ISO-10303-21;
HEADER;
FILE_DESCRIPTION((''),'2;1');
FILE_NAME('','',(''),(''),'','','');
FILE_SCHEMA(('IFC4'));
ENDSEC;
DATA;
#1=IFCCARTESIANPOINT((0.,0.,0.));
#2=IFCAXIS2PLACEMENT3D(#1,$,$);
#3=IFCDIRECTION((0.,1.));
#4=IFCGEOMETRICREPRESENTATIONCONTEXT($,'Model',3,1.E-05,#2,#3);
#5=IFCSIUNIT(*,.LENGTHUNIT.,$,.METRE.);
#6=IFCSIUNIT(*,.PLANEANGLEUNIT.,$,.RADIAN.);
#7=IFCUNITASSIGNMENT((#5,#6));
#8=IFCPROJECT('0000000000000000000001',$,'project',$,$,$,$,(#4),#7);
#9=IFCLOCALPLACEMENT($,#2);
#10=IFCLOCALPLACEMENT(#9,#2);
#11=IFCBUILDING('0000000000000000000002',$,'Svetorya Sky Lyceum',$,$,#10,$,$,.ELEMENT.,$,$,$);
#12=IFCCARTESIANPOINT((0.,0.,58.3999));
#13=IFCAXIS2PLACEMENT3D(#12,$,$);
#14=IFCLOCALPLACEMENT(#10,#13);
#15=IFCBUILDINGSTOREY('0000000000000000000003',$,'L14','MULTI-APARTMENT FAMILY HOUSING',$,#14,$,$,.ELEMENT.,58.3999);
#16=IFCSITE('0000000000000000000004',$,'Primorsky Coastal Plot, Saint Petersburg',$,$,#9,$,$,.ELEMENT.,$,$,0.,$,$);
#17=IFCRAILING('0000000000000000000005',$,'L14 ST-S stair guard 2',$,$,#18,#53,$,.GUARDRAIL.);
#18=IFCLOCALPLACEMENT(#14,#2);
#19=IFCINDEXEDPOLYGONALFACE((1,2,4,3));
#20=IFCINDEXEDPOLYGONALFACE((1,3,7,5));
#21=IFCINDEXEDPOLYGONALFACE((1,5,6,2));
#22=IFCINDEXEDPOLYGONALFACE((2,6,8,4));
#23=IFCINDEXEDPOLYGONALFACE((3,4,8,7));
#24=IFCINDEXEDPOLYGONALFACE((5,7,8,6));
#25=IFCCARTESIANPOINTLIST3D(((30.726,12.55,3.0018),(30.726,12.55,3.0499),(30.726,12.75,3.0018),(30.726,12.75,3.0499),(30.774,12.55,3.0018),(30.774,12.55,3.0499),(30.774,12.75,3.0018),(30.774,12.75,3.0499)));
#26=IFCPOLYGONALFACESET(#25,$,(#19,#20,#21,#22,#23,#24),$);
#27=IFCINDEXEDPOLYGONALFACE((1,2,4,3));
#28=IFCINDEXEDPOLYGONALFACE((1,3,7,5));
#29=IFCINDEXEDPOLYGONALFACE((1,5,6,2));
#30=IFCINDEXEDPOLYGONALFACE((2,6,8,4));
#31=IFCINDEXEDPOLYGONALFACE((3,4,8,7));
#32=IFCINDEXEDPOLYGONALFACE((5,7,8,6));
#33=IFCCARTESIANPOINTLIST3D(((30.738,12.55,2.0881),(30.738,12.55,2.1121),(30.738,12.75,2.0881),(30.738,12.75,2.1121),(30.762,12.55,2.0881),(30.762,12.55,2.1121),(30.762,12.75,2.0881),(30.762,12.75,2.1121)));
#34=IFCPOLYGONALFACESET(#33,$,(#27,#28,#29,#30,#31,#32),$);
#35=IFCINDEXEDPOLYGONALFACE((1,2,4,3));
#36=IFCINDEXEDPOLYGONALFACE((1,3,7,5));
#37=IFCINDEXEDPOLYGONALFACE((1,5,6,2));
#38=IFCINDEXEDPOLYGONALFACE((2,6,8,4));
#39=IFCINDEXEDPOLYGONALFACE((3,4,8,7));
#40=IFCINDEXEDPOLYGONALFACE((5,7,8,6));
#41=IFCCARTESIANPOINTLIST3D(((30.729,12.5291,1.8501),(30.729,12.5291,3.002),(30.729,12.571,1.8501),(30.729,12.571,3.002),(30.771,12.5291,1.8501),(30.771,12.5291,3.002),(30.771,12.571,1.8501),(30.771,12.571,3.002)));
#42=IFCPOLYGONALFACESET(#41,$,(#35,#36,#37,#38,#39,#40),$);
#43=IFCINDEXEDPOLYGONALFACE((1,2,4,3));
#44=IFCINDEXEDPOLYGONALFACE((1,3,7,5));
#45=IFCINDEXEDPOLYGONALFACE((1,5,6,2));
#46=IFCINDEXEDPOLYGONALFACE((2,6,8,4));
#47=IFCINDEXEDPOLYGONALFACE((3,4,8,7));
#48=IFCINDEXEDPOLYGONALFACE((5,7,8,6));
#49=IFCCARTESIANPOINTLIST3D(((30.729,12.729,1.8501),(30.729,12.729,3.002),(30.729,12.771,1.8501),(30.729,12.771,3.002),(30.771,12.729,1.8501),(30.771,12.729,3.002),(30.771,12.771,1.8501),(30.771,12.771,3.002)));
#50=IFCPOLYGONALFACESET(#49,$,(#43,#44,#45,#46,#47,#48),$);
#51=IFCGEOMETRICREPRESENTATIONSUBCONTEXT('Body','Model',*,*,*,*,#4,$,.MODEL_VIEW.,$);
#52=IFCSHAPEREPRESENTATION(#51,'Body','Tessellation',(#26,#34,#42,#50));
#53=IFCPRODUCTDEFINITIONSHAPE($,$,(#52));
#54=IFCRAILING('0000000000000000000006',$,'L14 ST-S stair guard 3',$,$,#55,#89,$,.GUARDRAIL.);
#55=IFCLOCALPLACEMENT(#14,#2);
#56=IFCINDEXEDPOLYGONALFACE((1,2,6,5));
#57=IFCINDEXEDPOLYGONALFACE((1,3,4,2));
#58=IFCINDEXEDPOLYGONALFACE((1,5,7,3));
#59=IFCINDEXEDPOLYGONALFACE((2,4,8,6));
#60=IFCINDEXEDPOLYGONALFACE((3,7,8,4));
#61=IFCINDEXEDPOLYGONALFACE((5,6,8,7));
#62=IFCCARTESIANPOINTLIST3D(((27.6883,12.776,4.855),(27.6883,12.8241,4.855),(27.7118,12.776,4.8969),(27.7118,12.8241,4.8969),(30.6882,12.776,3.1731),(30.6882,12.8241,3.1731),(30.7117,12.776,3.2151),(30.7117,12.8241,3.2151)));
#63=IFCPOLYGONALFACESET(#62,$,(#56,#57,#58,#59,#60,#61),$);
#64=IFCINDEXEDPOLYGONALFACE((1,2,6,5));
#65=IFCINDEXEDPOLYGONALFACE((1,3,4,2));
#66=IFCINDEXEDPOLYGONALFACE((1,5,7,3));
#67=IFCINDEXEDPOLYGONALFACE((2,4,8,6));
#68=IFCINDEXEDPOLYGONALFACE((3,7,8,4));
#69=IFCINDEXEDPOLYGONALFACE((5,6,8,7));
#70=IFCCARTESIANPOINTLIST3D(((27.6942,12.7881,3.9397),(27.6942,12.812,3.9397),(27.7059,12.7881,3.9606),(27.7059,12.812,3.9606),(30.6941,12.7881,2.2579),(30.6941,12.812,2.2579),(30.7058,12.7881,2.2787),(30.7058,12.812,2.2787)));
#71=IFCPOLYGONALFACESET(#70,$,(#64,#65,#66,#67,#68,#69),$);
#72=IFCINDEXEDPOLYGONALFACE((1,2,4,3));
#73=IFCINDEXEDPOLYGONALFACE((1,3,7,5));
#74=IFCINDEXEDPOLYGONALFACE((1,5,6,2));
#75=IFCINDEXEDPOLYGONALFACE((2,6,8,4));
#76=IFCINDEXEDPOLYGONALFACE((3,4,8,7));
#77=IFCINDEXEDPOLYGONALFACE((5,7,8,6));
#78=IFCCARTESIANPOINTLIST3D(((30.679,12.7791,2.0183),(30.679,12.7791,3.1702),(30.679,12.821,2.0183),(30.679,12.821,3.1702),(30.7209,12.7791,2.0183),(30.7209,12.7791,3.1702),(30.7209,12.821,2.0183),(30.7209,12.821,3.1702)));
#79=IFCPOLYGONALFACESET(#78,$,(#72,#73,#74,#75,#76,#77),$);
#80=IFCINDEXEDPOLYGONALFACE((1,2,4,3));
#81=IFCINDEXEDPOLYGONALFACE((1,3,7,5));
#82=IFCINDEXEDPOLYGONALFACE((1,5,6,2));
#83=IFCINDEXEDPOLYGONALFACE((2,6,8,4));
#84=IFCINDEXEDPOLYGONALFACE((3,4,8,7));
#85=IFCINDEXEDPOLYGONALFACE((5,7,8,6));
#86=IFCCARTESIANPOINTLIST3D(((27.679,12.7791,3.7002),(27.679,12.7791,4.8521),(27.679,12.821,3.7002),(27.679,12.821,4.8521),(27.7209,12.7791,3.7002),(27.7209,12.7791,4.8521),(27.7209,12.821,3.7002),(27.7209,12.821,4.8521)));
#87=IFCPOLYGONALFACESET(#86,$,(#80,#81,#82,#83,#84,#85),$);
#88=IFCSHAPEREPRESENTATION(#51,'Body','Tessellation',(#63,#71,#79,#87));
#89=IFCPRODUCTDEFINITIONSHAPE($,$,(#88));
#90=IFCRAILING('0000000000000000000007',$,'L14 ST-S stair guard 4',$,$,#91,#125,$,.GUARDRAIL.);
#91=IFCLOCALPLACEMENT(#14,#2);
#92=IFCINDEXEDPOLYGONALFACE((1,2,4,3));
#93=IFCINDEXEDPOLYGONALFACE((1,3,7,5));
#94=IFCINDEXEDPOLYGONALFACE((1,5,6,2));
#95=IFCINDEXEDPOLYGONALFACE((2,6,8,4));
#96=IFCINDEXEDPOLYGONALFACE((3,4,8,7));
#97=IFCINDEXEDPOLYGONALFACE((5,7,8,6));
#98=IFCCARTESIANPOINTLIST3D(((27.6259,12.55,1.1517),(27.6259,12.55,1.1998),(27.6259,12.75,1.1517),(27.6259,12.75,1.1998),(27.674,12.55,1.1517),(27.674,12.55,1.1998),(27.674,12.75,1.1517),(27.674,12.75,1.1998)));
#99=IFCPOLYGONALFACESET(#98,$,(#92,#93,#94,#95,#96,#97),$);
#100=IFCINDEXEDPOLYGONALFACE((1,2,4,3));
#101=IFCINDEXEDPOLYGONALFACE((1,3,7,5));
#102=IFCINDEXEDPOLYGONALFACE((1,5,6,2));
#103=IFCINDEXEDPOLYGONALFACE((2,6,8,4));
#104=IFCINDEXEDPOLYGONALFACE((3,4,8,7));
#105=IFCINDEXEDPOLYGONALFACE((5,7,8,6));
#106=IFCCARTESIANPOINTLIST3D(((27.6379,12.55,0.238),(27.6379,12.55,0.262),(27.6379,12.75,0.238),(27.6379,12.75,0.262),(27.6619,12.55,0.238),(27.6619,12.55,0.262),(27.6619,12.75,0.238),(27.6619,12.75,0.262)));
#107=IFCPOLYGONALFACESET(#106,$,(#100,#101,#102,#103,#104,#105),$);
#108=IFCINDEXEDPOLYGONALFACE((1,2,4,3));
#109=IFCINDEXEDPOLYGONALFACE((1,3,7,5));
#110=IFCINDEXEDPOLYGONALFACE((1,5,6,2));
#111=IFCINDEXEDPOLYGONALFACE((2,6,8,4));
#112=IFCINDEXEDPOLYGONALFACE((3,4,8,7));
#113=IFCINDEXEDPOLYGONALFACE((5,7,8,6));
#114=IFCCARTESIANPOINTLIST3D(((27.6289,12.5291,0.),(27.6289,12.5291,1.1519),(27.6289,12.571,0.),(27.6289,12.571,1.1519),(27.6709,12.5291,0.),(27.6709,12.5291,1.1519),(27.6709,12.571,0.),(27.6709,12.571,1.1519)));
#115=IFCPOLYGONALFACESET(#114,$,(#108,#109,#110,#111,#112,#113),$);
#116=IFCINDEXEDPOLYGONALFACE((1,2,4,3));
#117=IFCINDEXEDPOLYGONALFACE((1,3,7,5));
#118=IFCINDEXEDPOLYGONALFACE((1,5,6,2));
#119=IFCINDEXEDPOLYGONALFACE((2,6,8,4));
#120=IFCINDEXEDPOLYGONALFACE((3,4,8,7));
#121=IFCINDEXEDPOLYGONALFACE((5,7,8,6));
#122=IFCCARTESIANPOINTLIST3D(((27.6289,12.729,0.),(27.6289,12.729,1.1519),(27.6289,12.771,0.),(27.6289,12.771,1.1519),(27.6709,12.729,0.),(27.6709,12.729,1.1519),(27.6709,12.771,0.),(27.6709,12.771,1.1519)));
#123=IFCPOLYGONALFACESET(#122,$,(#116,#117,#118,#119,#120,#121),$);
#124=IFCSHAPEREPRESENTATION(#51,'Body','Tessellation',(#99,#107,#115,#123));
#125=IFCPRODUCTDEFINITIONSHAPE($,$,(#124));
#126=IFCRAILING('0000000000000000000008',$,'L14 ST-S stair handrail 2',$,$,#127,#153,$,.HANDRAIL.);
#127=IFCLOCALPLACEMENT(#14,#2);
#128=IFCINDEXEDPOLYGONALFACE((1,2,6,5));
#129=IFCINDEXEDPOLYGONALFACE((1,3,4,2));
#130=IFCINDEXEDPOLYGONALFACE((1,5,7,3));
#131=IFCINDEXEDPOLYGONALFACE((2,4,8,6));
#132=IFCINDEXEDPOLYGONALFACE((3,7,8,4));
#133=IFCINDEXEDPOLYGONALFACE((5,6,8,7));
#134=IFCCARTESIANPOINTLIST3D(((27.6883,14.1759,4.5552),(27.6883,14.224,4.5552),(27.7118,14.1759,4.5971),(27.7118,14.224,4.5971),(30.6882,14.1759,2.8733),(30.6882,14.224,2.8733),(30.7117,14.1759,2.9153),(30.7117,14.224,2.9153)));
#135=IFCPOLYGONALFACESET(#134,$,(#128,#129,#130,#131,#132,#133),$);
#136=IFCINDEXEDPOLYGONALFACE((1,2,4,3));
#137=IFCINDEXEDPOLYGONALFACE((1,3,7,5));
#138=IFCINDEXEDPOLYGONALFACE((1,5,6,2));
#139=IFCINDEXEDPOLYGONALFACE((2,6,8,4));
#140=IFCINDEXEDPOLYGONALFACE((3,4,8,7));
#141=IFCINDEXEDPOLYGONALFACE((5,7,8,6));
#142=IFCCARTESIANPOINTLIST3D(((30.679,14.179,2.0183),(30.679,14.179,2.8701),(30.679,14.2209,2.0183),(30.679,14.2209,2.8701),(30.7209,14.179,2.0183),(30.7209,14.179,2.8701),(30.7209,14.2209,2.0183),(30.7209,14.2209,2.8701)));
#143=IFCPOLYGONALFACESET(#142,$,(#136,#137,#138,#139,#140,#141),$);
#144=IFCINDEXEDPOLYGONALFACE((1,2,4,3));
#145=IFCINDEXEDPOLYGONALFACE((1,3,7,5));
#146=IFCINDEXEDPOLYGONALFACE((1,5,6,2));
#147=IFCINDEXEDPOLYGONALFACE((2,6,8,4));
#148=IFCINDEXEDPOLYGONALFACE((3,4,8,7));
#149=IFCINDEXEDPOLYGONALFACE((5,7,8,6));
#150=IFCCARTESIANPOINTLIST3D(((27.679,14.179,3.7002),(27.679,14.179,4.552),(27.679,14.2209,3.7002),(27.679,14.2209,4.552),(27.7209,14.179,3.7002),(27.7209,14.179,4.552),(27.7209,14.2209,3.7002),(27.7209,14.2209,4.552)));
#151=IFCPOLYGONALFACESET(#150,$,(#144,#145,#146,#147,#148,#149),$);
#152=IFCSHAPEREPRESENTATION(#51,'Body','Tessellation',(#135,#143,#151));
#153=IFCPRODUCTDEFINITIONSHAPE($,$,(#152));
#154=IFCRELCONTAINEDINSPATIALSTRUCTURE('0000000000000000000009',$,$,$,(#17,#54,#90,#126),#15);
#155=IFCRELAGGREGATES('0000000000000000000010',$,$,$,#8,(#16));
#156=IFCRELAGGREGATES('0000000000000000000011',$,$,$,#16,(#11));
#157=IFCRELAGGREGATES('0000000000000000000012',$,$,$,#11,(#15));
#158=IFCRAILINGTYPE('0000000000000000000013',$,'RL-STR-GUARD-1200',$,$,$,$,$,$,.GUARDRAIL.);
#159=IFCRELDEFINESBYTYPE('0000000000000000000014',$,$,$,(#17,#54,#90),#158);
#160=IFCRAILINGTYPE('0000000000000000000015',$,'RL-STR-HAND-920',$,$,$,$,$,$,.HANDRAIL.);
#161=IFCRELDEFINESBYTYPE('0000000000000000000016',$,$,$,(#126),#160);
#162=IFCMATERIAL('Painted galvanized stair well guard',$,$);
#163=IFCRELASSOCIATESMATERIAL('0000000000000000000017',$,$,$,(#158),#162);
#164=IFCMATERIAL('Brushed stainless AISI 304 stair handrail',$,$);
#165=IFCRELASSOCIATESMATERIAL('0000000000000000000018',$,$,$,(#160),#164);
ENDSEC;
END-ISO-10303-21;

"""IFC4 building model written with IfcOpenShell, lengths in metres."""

from ifc_helpers import new_model, si_unit, direction, frame, origin, origin_2d, place, context, subcontext, project, spatial, rectangle, extrude, material, type_object, element, save


model = new_model("IFC4")

# Units and contexts
model_context = context("Model", 3, precision=1e-05, world=origin(), true_north=direction((0.0, 1.0)))
body_context = subcontext(model_context, "Body", "Model", "MODEL_VIEW")
ifc_project = project(units=[si_unit("LENGTHUNIT", "METRE"), si_unit("PLANEANGLEUNIT", "RADIAN")], contexts=[model_context])

# Site, building, storey
site_placement = place(None, origin())
site = spatial("IfcSite", under=ifc_project, at=site_placement, Name="Primorsky Coastal Plot, Saint Petersburg", CompositionType="ELEMENT", RefElevation=0.0)
building_placement = place(site_placement, origin())
building = spatial("IfcBuilding", under=site, at=building_placement, Name="Svetorya Sky Lyceum", CompositionType="ELEMENT")
storey_placement = place(building_placement, frame((0.0, 0.0, 58.3999)))
storey = spatial("IfcBuildingStorey", under=building, at=storey_placement, Name="L14", Description="MULTI-APARTMENT FAMILY HOUSING", CompositionType="ELEMENT", Elevation=58.3999)

# Railings
ifc_material_1 = material(Name="Painted galvanized stair well guard")
railing_type_1 = type_object("IfcRailingType", Name="RL-STR-GUARD-1200", PredefinedType="GUARDRAIL", material=ifc_material_1)
railing_1_placement = place(storey_placement, frame((30.75, 12.55, 1.8501)))
element("IfcRailing", 1, at=railing_1_placement, inside=storey, type_object=railing_type_1, Name="L14 ST-S stair guard 2", PredefinedType="GUARDRAIL", context=body_context, shape_type="SweptSolid", body=[
    extrude(rectangle(XDim=0.0481, YDim=0.0481, at=origin_2d()), frame((0.0, 0.0, 1.1758), z_axis=(0.0, 1.0, 0.0), x_axis=(-1.0, 0.0, 0.0)), (0.0, 0.0, 1.0), 0.2),
    extrude(rectangle(XDim=0.0239, YDim=0.0239, at=origin_2d()), frame((0.0, 0.0, 0.25), z_axis=(0.0, 1.0, 0.0), x_axis=(-1.0, 0.0, 0.0)), (0.0, 0.0, 1.0), 0.2),
    extrude(rectangle(XDim=0.042, YDim=0.042, at=origin_2d()), origin(), (0.0, 0.0, 1.0), 1.1519),
    extrude(rectangle(XDim=0.042, YDim=0.042, at=origin_2d()), frame((0.0, 0.2, 0.0)), (0.0, 0.0, 1.0), 1.1519),
])
railing_2_placement = place(storey_placement, frame((30.7, 12.8, 2.0183)))
element("IfcRailing", 2, at=railing_2_placement, inside=storey, type_object=railing_type_1, Name="L14 ST-S stair guard 3", PredefinedType="GUARDRAIL", context=body_context, shape_type="SweptSolid", body=[
    extrude(rectangle(XDim=0.0481, YDim=0.0481, at=origin_2d()), frame((0.0, 0.0, 1.1758), z_axis=(-0.872272, 0.0, 0.48902), x_axis=(0.0, -1.0, 0.0)), (0.0, 0.0, 1.0), 3.4392),
    extrude(rectangle(XDim=0.0239, YDim=0.0239, at=origin_2d()), frame((0.0, 0.0, 0.25), z_axis=(-0.872272, 0.0, 0.48902), x_axis=(0.0, -1.0, 0.0)), (0.0, 0.0, 1.0), 3.4392),
    extrude(rectangle(XDim=0.042, YDim=0.042, at=origin_2d()), origin(), (0.0, 0.0, 1.0), 1.1519),
    extrude(rectangle(XDim=0.042, YDim=0.042, at=origin_2d()), frame((-3.0, 0.0, 1.6819)), (0.0, 0.0, 1.0), 1.1519),
])
railing_3_placement = place(storey_placement, frame((27.6499, 12.55, 0.0)))
element("IfcRailing", 3, at=railing_3_placement, inside=storey, type_object=railing_type_1, Name="L14 ST-S stair guard 4", PredefinedType="GUARDRAIL", context=body_context, shape_type="SweptSolid", body=[
    extrude(rectangle(XDim=0.0481, YDim=0.0481, at=origin_2d()), frame((0.0, 0.0, 1.1758), z_axis=(0.0, 1.0, 0.0), x_axis=(-1.0, 0.0, 0.0)), (0.0, 0.0, 1.0), 0.2),
    extrude(rectangle(XDim=0.0239, YDim=0.0239, at=origin_2d()), frame((0.0, 0.0, 0.25), z_axis=(0.0, 1.0, 0.0), x_axis=(-1.0, 0.0, 0.0)), (0.0, 0.0, 1.0), 0.2),
    extrude(rectangle(XDim=0.042, YDim=0.042, at=origin_2d()), origin(), (0.0, 0.0, 1.0), 1.1519),
    extrude(rectangle(XDim=0.042, YDim=0.042, at=origin_2d()), frame((0.0, 0.2, 0.0)), (0.0, 0.0, 1.0), 1.1519),
])
ifc_material_2 = material(Name="Brushed stainless AISI 304 stair handrail")
railing_type_2 = type_object("IfcRailingType", Name="RL-STR-HAND-920", PredefinedType="HANDRAIL", material=ifc_material_2)
railing_4_placement = place(storey_placement, frame((30.7, 14.2, 2.0183)))
element("IfcRailing", 4, at=railing_4_placement, inside=storey, type_object=railing_type_2, Name="L14 ST-S stair handrail 2", PredefinedType="HANDRAIL", context=body_context, shape_type="SweptSolid", body=[
    extrude(rectangle(XDim=0.0481, YDim=0.0481, at=origin_2d()), frame((0.0, 0.0, 0.876), z_axis=(-0.872272, 0.0, 0.48902), x_axis=(0.0, -1.0, 0.0)), (0.0, 0.0, 1.0), 3.4392),
    extrude(rectangle(XDim=0.042, YDim=0.042, at=origin_2d()), origin(), (0.0, 0.0, 1.0), 0.8518),
    extrude(rectangle(XDim=0.042, YDim=0.042, at=origin_2d()), frame((-3.0, 0.0, 1.6819)), (0.0, 0.0, 1.0), 0.8518),
])

save(model, "model.ifc")
